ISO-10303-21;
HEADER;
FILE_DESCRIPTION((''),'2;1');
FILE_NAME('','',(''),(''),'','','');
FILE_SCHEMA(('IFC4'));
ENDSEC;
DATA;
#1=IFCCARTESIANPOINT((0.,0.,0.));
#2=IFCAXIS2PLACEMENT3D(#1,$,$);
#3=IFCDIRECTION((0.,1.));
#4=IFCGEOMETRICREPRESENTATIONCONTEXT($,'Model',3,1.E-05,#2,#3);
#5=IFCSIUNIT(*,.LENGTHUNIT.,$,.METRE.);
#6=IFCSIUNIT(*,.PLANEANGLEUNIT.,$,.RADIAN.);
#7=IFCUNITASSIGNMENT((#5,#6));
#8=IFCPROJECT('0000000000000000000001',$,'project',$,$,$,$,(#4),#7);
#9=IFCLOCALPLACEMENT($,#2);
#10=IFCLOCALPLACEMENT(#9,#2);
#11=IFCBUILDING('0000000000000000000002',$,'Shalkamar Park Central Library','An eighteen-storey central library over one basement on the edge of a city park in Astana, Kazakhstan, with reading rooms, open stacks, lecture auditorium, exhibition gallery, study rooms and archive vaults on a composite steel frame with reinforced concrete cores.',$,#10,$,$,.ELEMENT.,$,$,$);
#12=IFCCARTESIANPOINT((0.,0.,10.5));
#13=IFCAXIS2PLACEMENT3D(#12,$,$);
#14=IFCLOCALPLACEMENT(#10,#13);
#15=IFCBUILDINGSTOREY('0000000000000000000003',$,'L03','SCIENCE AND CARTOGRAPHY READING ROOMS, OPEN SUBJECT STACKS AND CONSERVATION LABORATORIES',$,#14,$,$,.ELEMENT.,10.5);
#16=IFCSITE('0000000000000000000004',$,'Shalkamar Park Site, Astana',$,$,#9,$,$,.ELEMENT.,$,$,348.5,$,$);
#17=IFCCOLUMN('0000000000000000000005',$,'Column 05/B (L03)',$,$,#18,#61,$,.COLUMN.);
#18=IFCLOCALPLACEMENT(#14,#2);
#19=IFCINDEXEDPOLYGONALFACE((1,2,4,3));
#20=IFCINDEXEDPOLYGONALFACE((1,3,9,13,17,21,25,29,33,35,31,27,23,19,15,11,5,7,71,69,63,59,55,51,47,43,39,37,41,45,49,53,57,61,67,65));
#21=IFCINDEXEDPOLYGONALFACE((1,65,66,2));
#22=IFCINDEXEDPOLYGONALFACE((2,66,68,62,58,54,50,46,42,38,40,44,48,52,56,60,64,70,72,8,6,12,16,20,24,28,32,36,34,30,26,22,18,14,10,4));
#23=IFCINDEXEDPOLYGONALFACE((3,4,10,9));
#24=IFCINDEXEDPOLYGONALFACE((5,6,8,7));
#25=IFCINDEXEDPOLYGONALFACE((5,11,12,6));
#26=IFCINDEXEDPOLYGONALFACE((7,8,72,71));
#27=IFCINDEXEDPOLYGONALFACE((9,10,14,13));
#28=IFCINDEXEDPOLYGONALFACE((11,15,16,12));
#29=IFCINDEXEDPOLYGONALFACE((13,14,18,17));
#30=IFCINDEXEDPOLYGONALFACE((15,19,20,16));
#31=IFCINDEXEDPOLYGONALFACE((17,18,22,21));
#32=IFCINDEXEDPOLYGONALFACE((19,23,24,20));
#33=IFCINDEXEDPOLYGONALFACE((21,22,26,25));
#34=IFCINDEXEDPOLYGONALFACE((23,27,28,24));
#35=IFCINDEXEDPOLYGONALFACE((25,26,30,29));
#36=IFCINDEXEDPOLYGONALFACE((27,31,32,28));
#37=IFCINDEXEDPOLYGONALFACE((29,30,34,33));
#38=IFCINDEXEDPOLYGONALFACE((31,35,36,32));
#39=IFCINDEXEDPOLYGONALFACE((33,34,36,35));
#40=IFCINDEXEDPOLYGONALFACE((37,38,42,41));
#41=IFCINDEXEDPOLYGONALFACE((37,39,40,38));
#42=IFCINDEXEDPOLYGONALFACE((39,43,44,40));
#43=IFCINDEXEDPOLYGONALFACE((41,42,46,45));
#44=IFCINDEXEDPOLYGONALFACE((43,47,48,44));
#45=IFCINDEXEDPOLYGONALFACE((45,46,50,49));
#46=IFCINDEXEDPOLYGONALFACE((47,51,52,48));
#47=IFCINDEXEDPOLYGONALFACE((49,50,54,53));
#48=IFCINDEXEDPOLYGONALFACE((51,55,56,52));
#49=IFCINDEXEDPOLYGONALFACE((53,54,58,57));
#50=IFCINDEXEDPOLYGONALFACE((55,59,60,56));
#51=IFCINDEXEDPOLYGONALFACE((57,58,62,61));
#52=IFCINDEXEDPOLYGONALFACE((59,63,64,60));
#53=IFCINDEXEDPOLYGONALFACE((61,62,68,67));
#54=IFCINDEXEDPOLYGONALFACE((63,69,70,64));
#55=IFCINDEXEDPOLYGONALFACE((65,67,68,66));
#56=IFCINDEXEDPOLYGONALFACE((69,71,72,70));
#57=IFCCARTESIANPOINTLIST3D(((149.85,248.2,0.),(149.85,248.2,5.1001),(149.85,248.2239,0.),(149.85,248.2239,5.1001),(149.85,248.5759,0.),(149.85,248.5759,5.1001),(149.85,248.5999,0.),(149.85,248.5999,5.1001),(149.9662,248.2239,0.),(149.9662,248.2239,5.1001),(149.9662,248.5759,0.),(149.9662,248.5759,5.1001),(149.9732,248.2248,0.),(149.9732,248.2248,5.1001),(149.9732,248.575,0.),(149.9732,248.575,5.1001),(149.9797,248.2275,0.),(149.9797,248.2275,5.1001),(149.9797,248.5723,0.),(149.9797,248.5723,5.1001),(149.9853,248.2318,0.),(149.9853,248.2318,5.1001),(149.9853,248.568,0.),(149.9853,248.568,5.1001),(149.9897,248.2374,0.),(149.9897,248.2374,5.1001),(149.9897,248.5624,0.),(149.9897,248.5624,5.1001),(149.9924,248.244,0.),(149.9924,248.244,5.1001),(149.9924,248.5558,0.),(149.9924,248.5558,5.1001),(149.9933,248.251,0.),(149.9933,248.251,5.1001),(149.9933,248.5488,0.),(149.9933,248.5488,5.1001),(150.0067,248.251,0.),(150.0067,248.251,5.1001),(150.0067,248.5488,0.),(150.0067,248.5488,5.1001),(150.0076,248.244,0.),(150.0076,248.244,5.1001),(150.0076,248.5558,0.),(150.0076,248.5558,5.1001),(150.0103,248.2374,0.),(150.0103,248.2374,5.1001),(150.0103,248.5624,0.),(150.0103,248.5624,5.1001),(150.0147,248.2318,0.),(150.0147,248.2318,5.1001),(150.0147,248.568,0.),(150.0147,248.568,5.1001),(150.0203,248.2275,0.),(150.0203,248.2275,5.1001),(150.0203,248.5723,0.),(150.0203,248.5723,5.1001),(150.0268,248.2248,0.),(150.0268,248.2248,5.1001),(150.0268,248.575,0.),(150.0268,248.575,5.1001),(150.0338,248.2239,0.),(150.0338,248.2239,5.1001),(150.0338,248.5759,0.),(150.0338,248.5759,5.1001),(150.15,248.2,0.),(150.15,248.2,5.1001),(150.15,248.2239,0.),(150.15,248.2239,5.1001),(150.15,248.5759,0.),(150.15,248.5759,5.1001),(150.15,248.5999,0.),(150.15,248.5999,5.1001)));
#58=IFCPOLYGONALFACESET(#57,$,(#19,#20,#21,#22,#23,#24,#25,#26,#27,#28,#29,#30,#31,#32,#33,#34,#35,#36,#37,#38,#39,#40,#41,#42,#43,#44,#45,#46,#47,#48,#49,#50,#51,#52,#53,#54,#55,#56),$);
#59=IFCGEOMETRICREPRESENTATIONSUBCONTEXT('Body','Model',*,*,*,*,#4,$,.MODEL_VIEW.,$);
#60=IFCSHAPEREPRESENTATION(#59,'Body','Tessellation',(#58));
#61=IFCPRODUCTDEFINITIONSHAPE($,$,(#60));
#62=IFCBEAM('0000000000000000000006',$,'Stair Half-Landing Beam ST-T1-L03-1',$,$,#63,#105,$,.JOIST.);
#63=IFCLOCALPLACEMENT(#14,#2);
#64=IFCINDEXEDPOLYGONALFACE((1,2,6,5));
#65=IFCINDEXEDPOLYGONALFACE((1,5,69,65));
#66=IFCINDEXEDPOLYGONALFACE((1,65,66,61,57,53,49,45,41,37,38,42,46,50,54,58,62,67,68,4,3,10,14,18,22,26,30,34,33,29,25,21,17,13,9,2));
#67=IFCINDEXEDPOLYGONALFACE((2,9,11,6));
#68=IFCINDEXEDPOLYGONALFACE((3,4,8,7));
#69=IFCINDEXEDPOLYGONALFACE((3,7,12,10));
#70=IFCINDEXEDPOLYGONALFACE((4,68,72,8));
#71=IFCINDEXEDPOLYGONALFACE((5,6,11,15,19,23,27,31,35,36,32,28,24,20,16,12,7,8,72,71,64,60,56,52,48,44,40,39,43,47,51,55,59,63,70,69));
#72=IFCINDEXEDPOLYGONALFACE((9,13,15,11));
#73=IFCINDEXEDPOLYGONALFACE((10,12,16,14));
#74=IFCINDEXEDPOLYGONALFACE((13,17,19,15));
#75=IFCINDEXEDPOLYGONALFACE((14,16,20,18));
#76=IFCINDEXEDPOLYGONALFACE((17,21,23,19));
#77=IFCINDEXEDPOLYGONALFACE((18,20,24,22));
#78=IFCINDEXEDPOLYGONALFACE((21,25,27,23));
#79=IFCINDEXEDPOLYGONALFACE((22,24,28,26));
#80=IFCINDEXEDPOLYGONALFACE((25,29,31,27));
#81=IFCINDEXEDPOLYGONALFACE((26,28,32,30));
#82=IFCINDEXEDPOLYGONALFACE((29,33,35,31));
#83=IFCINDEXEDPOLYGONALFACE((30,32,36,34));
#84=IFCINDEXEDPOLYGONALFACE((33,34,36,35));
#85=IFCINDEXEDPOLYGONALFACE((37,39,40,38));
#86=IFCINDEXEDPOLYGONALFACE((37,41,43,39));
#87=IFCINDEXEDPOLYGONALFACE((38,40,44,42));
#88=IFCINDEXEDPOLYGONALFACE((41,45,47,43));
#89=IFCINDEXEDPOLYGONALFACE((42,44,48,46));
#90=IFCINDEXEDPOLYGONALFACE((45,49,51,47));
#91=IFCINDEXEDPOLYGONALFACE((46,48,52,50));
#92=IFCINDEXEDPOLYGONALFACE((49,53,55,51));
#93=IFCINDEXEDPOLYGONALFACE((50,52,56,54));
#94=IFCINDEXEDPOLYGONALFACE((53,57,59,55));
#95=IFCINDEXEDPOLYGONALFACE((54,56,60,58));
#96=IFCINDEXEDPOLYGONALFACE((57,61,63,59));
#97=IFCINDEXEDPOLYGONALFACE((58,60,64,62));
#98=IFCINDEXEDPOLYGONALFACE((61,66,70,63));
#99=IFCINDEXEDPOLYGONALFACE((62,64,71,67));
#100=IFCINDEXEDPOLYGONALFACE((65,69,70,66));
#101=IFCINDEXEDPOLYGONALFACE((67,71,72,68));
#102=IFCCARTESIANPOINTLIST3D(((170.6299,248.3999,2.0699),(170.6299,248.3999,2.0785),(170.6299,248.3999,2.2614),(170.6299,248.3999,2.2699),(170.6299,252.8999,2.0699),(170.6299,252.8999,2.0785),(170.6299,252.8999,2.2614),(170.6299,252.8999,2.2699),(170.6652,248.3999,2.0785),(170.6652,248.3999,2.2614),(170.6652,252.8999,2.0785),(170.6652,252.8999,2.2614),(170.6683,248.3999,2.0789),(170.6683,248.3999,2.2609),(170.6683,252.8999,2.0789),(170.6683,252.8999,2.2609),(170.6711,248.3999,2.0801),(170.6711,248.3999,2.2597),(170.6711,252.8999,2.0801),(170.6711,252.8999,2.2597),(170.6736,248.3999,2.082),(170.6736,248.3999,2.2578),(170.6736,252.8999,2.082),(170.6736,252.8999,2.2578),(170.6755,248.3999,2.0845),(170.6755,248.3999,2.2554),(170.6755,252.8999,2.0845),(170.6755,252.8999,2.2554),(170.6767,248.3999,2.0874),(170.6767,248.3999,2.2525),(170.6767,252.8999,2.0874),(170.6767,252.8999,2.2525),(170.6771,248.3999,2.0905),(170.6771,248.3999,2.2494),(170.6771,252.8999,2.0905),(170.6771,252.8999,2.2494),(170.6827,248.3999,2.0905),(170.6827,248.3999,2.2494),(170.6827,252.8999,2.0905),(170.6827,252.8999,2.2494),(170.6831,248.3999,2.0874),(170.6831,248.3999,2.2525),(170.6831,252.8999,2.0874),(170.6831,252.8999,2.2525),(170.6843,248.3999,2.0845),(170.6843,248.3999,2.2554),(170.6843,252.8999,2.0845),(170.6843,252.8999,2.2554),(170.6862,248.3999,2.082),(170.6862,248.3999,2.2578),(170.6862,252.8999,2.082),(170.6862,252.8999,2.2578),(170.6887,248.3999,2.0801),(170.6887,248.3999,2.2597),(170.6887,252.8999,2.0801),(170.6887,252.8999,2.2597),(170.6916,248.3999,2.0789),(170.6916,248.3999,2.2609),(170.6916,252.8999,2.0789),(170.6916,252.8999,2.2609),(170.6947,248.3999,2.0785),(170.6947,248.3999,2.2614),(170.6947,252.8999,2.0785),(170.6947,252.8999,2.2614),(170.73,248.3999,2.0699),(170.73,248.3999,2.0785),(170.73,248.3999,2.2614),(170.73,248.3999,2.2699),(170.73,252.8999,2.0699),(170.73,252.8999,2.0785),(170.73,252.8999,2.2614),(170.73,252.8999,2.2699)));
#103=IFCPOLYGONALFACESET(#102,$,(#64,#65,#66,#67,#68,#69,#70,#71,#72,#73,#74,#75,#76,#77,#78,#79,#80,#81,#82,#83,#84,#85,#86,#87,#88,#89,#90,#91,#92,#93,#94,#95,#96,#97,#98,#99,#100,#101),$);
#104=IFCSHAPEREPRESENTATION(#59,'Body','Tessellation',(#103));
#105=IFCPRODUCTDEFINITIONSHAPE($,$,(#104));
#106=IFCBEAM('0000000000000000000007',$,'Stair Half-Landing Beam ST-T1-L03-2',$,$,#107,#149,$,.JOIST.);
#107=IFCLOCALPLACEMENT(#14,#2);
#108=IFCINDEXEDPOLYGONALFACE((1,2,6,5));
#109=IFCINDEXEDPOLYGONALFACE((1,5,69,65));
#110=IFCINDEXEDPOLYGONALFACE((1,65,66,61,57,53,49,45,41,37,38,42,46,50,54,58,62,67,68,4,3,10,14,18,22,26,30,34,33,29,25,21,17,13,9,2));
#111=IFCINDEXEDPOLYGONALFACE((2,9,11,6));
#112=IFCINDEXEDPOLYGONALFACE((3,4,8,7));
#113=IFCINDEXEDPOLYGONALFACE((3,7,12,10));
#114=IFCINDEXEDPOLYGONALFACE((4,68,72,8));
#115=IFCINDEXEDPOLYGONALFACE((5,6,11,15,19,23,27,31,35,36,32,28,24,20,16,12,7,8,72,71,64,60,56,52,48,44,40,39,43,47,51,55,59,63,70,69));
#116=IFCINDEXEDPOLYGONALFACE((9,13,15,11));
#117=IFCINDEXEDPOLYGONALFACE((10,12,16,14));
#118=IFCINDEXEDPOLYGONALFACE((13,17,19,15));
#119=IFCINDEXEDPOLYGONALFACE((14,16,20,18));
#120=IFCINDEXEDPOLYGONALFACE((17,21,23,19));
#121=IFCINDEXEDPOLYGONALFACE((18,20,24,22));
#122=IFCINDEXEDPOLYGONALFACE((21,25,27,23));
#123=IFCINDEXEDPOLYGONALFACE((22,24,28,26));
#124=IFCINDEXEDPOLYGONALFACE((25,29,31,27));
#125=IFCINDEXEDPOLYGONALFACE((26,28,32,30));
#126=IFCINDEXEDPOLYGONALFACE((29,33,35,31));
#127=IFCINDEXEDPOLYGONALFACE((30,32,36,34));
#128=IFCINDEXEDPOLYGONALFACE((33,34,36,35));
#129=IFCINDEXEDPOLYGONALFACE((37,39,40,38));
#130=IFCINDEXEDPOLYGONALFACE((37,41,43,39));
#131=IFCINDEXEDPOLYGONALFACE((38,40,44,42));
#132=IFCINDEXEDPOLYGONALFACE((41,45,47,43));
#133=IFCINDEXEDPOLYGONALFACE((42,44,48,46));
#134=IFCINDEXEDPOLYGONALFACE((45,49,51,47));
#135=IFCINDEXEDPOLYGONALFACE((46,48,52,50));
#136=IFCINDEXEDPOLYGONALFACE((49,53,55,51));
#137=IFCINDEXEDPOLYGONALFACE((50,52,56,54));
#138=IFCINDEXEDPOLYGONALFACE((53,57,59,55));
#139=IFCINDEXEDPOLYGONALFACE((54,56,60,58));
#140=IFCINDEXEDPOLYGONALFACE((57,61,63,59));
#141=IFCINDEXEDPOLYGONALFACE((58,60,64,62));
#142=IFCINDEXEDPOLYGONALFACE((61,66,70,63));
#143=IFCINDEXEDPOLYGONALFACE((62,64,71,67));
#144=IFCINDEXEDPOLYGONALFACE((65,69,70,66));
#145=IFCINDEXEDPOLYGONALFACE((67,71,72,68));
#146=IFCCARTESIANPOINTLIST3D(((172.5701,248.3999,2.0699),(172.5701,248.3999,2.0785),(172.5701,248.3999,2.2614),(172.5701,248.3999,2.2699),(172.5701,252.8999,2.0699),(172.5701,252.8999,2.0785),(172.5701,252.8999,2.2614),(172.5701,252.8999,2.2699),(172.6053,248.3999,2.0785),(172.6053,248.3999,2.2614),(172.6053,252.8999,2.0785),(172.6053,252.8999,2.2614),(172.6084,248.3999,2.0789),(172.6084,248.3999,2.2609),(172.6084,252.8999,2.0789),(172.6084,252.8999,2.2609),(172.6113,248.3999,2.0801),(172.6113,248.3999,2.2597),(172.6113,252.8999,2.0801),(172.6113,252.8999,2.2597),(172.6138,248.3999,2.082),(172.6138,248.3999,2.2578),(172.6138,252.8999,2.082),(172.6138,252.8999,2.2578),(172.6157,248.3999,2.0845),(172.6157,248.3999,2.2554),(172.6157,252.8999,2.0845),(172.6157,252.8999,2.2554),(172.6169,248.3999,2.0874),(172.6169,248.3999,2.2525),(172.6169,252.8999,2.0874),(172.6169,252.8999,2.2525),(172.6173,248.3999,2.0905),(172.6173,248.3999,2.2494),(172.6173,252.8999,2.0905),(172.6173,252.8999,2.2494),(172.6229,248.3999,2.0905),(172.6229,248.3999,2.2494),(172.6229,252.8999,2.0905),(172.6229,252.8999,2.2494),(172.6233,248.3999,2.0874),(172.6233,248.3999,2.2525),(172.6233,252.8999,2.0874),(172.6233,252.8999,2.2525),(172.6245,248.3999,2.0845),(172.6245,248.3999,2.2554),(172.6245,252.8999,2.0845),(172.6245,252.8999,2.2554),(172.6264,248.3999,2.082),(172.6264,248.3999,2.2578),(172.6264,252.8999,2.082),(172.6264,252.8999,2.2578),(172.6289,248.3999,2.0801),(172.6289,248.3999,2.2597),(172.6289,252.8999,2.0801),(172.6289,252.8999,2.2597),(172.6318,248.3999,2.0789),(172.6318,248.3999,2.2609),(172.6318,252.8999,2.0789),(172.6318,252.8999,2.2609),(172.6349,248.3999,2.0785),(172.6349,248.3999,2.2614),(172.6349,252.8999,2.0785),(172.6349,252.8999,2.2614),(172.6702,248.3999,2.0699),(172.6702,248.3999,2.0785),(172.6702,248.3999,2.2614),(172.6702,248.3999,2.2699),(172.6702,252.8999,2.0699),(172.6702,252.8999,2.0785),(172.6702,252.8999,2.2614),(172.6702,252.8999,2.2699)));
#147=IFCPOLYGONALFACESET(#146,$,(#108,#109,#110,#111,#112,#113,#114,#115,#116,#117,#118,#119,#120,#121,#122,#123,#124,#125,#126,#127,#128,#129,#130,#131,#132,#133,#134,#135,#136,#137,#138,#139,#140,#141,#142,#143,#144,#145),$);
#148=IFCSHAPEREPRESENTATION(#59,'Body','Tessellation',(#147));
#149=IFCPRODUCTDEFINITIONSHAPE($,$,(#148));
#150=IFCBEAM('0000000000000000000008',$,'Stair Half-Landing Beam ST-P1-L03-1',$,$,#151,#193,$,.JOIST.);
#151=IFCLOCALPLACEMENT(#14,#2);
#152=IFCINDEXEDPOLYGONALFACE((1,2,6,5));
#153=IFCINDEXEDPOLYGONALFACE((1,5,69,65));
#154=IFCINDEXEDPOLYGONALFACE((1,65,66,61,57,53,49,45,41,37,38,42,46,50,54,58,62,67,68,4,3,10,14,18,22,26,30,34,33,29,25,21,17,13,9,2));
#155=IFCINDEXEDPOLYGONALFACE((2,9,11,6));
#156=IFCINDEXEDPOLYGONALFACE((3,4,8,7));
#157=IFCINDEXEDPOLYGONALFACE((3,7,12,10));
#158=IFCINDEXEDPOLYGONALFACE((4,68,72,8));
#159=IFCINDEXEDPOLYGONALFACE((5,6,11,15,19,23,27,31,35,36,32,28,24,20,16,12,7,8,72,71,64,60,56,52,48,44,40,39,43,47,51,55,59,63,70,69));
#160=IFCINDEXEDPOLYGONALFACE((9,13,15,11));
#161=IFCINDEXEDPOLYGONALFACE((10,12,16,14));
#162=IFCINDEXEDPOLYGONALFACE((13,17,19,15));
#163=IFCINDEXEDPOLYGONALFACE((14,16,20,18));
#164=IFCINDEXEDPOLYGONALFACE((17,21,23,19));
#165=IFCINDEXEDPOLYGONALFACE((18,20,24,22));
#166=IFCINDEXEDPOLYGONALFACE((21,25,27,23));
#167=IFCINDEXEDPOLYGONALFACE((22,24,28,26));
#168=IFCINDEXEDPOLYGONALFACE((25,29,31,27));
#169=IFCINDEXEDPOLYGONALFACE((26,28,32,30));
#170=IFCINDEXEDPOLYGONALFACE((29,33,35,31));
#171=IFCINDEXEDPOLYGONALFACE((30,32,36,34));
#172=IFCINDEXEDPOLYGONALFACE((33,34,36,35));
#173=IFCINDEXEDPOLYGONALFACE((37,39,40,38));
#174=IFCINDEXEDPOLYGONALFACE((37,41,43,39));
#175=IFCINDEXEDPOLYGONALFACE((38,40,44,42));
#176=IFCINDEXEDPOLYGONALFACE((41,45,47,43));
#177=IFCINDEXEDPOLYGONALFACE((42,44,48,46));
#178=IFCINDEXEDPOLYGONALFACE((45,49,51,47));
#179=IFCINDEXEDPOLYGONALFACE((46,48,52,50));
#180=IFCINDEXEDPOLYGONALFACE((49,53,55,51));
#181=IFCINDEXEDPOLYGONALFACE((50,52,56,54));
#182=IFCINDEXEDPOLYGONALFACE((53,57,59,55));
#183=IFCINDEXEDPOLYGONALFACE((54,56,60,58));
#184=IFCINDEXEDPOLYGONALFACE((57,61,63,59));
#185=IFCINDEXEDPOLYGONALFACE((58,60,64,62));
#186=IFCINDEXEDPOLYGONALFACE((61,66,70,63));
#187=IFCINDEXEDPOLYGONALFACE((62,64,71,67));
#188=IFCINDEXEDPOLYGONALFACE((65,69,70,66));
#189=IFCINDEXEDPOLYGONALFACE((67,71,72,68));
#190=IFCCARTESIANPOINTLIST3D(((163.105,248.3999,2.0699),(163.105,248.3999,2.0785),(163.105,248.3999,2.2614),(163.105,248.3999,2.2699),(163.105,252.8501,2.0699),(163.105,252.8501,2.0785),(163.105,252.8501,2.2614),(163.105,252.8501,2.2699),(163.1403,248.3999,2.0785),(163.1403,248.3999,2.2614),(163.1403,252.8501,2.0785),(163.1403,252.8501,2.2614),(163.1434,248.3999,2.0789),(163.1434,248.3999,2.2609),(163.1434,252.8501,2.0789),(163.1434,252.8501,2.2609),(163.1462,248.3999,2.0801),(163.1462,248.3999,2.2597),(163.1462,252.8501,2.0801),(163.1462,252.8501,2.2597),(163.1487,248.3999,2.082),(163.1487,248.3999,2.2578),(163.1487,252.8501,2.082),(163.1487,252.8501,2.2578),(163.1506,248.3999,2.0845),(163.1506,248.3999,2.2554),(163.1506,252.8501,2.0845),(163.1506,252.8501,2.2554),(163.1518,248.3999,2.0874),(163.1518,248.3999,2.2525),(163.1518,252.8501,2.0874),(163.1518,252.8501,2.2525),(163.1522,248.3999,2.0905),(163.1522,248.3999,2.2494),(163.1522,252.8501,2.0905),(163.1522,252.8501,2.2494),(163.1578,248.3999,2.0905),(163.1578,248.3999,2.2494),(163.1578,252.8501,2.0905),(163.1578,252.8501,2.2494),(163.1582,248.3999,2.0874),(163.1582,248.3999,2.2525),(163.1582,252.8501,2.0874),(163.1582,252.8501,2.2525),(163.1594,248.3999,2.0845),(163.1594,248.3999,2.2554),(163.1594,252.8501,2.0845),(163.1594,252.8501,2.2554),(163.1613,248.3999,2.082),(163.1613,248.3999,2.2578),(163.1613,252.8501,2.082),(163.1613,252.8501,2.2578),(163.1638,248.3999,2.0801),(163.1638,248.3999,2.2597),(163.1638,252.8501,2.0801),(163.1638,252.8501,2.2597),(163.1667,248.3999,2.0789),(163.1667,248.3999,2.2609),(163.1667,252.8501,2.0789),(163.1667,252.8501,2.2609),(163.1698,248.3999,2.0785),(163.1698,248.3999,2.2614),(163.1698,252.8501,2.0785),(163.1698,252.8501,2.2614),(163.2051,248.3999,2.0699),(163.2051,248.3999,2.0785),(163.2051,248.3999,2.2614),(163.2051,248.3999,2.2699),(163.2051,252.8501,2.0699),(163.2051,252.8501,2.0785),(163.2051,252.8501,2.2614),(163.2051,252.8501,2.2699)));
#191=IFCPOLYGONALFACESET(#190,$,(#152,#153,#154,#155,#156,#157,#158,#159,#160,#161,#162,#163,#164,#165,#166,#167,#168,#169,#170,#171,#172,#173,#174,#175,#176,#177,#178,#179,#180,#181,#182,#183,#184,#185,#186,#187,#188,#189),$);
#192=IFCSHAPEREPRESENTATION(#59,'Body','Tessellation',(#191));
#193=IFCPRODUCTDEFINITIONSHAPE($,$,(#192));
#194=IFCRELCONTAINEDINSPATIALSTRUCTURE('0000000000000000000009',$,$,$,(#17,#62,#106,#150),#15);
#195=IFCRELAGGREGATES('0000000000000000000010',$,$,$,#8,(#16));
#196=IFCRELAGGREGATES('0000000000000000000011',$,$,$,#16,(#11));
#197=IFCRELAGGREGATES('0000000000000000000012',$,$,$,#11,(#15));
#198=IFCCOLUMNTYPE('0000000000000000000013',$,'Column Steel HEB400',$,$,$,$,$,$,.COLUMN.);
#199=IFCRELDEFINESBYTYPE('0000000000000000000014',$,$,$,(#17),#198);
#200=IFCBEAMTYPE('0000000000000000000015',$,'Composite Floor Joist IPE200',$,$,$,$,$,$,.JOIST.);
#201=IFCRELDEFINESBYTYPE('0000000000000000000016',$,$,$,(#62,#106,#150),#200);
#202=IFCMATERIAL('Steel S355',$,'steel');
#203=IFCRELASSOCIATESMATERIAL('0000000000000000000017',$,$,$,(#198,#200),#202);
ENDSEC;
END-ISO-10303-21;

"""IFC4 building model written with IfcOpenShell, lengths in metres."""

from ifc_helpers import new_model, si_unit, direction, frame, origin, origin_2d, place, context, subcontext, project, spatial, i_section, extrude, material, material_profile, profile_set, type_object, element, save


model = new_model("IFC4")

# Units and contexts
model_context = context("Model", 3, precision=1e-05, world=origin(), true_north=direction((0.0, 1.0)))
body_context = subcontext(model_context, "Body", "Model", "MODEL_VIEW")
ifc_project = project(units=[si_unit("LENGTHUNIT", "METRE"), si_unit("PLANEANGLEUNIT", "RADIAN")], contexts=[model_context])

# Site, building, storey
site_placement = place(None, origin())
site = spatial("IfcSite", under=ifc_project, at=site_placement, Name="Shalkamar Park Site, Astana", CompositionType="ELEMENT", RefElevation=348.5)
building_placement = place(site_placement, origin())
building = spatial("IfcBuilding", under=site, at=building_placement, Name="Shalkamar Park Central Library", Description="An eighteen-storey central library over one basement on the edge of a city park in Astana, Kazakhstan, with reading rooms, open stacks, lecture auditorium, exhibition gallery, study rooms and archive vaults on a composite steel frame with reinforced concrete cores.", CompositionType="ELEMENT")
storey_placement = place(building_placement, frame((0.0, 0.0, 10.5)))
storey = spatial("IfcBuildingStorey", under=building, at=storey_placement, Name="L03", Description="SCIENCE AND CARTOGRAPHY READING ROOMS, OPEN SUBJECT STACKS AND CONSERVATION LABORATORIES", CompositionType="ELEMENT", Elevation=10.5)

# Column
ifc_material_1 = material(Name="Steel S355", Category="steel")
ifc_material_profile_1 = material_profile(ifc_material_1, i_section(OverallWidth=0.3, OverallDepth=0.3999, WebThickness=0.0134, FlangeThickness=0.0239, FilletRadius=0.0271, at=origin_2d()), Name="HEB 400")
ifc_profile_set_1 = profile_set([ifc_material_profile_1], Name="Steel S355")
column_type_1 = type_object("IfcColumnType", Name="Column Steel HEB400", PredefinedType="COLUMN", material=ifc_profile_set_1)
column_1_placement = place(storey_placement, frame((150.0, 248.3999, 0.0), z_axis=(0.0, 0.0, 1.0), x_axis=(1.0, 0.0, 0.0)))
element("IfcColumn", 1, at=column_1_placement, inside=storey, type_object=column_type_1, Name="Column 05/B (L03)", PredefinedType="COLUMN", context=body_context, shape_type="SweptSolid", body=[
    extrude(i_section(OverallWidth=0.3, OverallDepth=0.3999, WebThickness=0.0134, FlangeThickness=0.0239, FilletRadius=0.0271, at=origin_2d()), origin(), (0.0, 0.0, 1.0), 5.1001),
])

# Beams
ifc_material_profile_2 = material_profile(ifc_material_1, i_section(OverallWidth=0.1001, OverallDepth=0.2, WebThickness=0.0056, FlangeThickness=0.0085, FilletRadius=0.012, at=origin_2d()), Name="IPE 200")
ifc_profile_set_2 = profile_set([ifc_material_profile_2], Name="Steel S355")
beam_type_1 = type_object("IfcBeamType", Name="Composite Floor Joist IPE200", PredefinedType="JOIST", material=ifc_profile_set_2)
for number, where, z_axis, x_axis, name in (
    (2, (170.6799, 248.3999, 2.1699), (0.0, 1.0, 0.0), (-1.0, 0.0, 0.0), "Stair Half-Landing Beam ST-T1-L03-1"),
    (3, (172.6201, 248.3999, 2.1699), (0.0, 1.0, 0.0), (-1.0, 0.0, 0.0), "Stair Half-Landing Beam ST-T1-L03-2"),
):
    element("IfcBeam", number, at=place(storey_placement, frame(where, z_axis=z_axis, x_axis=x_axis)), inside=storey, type_object=beam_type_1, Name=name, PredefinedType="JOIST", context=body_context, shape_type="SweptSolid", body=[
        extrude(i_section(OverallWidth=0.1001, OverallDepth=0.2, WebThickness=0.0056, FlangeThickness=0.0085, FilletRadius=0.012, at=origin_2d()), origin(), (0.0, 0.0, 1.0), 4.5),
    ])
for number, where, z_axis, x_axis, name in (
    (4, (163.155, 248.3999, 2.1699), (0.0, 1.0, 0.0), (-1.0, 0.0, 0.0), "Stair Half-Landing Beam ST-P1-L03-1"),
):
    element("IfcBeam", number, at=place(storey_placement, frame(where, z_axis=z_axis, x_axis=x_axis)), inside=storey, type_object=beam_type_1, Name=name, PredefinedType="JOIST", context=body_context, shape_type="SweptSolid", body=[
        extrude(i_section(OverallWidth=0.1001, OverallDepth=0.2, WebThickness=0.0056, FlangeThickness=0.0085, FilletRadius=0.012, at=origin_2d()), origin(), (0.0, 0.0, 1.0), 4.4502),
    ])

save(model, "model.ifc")
